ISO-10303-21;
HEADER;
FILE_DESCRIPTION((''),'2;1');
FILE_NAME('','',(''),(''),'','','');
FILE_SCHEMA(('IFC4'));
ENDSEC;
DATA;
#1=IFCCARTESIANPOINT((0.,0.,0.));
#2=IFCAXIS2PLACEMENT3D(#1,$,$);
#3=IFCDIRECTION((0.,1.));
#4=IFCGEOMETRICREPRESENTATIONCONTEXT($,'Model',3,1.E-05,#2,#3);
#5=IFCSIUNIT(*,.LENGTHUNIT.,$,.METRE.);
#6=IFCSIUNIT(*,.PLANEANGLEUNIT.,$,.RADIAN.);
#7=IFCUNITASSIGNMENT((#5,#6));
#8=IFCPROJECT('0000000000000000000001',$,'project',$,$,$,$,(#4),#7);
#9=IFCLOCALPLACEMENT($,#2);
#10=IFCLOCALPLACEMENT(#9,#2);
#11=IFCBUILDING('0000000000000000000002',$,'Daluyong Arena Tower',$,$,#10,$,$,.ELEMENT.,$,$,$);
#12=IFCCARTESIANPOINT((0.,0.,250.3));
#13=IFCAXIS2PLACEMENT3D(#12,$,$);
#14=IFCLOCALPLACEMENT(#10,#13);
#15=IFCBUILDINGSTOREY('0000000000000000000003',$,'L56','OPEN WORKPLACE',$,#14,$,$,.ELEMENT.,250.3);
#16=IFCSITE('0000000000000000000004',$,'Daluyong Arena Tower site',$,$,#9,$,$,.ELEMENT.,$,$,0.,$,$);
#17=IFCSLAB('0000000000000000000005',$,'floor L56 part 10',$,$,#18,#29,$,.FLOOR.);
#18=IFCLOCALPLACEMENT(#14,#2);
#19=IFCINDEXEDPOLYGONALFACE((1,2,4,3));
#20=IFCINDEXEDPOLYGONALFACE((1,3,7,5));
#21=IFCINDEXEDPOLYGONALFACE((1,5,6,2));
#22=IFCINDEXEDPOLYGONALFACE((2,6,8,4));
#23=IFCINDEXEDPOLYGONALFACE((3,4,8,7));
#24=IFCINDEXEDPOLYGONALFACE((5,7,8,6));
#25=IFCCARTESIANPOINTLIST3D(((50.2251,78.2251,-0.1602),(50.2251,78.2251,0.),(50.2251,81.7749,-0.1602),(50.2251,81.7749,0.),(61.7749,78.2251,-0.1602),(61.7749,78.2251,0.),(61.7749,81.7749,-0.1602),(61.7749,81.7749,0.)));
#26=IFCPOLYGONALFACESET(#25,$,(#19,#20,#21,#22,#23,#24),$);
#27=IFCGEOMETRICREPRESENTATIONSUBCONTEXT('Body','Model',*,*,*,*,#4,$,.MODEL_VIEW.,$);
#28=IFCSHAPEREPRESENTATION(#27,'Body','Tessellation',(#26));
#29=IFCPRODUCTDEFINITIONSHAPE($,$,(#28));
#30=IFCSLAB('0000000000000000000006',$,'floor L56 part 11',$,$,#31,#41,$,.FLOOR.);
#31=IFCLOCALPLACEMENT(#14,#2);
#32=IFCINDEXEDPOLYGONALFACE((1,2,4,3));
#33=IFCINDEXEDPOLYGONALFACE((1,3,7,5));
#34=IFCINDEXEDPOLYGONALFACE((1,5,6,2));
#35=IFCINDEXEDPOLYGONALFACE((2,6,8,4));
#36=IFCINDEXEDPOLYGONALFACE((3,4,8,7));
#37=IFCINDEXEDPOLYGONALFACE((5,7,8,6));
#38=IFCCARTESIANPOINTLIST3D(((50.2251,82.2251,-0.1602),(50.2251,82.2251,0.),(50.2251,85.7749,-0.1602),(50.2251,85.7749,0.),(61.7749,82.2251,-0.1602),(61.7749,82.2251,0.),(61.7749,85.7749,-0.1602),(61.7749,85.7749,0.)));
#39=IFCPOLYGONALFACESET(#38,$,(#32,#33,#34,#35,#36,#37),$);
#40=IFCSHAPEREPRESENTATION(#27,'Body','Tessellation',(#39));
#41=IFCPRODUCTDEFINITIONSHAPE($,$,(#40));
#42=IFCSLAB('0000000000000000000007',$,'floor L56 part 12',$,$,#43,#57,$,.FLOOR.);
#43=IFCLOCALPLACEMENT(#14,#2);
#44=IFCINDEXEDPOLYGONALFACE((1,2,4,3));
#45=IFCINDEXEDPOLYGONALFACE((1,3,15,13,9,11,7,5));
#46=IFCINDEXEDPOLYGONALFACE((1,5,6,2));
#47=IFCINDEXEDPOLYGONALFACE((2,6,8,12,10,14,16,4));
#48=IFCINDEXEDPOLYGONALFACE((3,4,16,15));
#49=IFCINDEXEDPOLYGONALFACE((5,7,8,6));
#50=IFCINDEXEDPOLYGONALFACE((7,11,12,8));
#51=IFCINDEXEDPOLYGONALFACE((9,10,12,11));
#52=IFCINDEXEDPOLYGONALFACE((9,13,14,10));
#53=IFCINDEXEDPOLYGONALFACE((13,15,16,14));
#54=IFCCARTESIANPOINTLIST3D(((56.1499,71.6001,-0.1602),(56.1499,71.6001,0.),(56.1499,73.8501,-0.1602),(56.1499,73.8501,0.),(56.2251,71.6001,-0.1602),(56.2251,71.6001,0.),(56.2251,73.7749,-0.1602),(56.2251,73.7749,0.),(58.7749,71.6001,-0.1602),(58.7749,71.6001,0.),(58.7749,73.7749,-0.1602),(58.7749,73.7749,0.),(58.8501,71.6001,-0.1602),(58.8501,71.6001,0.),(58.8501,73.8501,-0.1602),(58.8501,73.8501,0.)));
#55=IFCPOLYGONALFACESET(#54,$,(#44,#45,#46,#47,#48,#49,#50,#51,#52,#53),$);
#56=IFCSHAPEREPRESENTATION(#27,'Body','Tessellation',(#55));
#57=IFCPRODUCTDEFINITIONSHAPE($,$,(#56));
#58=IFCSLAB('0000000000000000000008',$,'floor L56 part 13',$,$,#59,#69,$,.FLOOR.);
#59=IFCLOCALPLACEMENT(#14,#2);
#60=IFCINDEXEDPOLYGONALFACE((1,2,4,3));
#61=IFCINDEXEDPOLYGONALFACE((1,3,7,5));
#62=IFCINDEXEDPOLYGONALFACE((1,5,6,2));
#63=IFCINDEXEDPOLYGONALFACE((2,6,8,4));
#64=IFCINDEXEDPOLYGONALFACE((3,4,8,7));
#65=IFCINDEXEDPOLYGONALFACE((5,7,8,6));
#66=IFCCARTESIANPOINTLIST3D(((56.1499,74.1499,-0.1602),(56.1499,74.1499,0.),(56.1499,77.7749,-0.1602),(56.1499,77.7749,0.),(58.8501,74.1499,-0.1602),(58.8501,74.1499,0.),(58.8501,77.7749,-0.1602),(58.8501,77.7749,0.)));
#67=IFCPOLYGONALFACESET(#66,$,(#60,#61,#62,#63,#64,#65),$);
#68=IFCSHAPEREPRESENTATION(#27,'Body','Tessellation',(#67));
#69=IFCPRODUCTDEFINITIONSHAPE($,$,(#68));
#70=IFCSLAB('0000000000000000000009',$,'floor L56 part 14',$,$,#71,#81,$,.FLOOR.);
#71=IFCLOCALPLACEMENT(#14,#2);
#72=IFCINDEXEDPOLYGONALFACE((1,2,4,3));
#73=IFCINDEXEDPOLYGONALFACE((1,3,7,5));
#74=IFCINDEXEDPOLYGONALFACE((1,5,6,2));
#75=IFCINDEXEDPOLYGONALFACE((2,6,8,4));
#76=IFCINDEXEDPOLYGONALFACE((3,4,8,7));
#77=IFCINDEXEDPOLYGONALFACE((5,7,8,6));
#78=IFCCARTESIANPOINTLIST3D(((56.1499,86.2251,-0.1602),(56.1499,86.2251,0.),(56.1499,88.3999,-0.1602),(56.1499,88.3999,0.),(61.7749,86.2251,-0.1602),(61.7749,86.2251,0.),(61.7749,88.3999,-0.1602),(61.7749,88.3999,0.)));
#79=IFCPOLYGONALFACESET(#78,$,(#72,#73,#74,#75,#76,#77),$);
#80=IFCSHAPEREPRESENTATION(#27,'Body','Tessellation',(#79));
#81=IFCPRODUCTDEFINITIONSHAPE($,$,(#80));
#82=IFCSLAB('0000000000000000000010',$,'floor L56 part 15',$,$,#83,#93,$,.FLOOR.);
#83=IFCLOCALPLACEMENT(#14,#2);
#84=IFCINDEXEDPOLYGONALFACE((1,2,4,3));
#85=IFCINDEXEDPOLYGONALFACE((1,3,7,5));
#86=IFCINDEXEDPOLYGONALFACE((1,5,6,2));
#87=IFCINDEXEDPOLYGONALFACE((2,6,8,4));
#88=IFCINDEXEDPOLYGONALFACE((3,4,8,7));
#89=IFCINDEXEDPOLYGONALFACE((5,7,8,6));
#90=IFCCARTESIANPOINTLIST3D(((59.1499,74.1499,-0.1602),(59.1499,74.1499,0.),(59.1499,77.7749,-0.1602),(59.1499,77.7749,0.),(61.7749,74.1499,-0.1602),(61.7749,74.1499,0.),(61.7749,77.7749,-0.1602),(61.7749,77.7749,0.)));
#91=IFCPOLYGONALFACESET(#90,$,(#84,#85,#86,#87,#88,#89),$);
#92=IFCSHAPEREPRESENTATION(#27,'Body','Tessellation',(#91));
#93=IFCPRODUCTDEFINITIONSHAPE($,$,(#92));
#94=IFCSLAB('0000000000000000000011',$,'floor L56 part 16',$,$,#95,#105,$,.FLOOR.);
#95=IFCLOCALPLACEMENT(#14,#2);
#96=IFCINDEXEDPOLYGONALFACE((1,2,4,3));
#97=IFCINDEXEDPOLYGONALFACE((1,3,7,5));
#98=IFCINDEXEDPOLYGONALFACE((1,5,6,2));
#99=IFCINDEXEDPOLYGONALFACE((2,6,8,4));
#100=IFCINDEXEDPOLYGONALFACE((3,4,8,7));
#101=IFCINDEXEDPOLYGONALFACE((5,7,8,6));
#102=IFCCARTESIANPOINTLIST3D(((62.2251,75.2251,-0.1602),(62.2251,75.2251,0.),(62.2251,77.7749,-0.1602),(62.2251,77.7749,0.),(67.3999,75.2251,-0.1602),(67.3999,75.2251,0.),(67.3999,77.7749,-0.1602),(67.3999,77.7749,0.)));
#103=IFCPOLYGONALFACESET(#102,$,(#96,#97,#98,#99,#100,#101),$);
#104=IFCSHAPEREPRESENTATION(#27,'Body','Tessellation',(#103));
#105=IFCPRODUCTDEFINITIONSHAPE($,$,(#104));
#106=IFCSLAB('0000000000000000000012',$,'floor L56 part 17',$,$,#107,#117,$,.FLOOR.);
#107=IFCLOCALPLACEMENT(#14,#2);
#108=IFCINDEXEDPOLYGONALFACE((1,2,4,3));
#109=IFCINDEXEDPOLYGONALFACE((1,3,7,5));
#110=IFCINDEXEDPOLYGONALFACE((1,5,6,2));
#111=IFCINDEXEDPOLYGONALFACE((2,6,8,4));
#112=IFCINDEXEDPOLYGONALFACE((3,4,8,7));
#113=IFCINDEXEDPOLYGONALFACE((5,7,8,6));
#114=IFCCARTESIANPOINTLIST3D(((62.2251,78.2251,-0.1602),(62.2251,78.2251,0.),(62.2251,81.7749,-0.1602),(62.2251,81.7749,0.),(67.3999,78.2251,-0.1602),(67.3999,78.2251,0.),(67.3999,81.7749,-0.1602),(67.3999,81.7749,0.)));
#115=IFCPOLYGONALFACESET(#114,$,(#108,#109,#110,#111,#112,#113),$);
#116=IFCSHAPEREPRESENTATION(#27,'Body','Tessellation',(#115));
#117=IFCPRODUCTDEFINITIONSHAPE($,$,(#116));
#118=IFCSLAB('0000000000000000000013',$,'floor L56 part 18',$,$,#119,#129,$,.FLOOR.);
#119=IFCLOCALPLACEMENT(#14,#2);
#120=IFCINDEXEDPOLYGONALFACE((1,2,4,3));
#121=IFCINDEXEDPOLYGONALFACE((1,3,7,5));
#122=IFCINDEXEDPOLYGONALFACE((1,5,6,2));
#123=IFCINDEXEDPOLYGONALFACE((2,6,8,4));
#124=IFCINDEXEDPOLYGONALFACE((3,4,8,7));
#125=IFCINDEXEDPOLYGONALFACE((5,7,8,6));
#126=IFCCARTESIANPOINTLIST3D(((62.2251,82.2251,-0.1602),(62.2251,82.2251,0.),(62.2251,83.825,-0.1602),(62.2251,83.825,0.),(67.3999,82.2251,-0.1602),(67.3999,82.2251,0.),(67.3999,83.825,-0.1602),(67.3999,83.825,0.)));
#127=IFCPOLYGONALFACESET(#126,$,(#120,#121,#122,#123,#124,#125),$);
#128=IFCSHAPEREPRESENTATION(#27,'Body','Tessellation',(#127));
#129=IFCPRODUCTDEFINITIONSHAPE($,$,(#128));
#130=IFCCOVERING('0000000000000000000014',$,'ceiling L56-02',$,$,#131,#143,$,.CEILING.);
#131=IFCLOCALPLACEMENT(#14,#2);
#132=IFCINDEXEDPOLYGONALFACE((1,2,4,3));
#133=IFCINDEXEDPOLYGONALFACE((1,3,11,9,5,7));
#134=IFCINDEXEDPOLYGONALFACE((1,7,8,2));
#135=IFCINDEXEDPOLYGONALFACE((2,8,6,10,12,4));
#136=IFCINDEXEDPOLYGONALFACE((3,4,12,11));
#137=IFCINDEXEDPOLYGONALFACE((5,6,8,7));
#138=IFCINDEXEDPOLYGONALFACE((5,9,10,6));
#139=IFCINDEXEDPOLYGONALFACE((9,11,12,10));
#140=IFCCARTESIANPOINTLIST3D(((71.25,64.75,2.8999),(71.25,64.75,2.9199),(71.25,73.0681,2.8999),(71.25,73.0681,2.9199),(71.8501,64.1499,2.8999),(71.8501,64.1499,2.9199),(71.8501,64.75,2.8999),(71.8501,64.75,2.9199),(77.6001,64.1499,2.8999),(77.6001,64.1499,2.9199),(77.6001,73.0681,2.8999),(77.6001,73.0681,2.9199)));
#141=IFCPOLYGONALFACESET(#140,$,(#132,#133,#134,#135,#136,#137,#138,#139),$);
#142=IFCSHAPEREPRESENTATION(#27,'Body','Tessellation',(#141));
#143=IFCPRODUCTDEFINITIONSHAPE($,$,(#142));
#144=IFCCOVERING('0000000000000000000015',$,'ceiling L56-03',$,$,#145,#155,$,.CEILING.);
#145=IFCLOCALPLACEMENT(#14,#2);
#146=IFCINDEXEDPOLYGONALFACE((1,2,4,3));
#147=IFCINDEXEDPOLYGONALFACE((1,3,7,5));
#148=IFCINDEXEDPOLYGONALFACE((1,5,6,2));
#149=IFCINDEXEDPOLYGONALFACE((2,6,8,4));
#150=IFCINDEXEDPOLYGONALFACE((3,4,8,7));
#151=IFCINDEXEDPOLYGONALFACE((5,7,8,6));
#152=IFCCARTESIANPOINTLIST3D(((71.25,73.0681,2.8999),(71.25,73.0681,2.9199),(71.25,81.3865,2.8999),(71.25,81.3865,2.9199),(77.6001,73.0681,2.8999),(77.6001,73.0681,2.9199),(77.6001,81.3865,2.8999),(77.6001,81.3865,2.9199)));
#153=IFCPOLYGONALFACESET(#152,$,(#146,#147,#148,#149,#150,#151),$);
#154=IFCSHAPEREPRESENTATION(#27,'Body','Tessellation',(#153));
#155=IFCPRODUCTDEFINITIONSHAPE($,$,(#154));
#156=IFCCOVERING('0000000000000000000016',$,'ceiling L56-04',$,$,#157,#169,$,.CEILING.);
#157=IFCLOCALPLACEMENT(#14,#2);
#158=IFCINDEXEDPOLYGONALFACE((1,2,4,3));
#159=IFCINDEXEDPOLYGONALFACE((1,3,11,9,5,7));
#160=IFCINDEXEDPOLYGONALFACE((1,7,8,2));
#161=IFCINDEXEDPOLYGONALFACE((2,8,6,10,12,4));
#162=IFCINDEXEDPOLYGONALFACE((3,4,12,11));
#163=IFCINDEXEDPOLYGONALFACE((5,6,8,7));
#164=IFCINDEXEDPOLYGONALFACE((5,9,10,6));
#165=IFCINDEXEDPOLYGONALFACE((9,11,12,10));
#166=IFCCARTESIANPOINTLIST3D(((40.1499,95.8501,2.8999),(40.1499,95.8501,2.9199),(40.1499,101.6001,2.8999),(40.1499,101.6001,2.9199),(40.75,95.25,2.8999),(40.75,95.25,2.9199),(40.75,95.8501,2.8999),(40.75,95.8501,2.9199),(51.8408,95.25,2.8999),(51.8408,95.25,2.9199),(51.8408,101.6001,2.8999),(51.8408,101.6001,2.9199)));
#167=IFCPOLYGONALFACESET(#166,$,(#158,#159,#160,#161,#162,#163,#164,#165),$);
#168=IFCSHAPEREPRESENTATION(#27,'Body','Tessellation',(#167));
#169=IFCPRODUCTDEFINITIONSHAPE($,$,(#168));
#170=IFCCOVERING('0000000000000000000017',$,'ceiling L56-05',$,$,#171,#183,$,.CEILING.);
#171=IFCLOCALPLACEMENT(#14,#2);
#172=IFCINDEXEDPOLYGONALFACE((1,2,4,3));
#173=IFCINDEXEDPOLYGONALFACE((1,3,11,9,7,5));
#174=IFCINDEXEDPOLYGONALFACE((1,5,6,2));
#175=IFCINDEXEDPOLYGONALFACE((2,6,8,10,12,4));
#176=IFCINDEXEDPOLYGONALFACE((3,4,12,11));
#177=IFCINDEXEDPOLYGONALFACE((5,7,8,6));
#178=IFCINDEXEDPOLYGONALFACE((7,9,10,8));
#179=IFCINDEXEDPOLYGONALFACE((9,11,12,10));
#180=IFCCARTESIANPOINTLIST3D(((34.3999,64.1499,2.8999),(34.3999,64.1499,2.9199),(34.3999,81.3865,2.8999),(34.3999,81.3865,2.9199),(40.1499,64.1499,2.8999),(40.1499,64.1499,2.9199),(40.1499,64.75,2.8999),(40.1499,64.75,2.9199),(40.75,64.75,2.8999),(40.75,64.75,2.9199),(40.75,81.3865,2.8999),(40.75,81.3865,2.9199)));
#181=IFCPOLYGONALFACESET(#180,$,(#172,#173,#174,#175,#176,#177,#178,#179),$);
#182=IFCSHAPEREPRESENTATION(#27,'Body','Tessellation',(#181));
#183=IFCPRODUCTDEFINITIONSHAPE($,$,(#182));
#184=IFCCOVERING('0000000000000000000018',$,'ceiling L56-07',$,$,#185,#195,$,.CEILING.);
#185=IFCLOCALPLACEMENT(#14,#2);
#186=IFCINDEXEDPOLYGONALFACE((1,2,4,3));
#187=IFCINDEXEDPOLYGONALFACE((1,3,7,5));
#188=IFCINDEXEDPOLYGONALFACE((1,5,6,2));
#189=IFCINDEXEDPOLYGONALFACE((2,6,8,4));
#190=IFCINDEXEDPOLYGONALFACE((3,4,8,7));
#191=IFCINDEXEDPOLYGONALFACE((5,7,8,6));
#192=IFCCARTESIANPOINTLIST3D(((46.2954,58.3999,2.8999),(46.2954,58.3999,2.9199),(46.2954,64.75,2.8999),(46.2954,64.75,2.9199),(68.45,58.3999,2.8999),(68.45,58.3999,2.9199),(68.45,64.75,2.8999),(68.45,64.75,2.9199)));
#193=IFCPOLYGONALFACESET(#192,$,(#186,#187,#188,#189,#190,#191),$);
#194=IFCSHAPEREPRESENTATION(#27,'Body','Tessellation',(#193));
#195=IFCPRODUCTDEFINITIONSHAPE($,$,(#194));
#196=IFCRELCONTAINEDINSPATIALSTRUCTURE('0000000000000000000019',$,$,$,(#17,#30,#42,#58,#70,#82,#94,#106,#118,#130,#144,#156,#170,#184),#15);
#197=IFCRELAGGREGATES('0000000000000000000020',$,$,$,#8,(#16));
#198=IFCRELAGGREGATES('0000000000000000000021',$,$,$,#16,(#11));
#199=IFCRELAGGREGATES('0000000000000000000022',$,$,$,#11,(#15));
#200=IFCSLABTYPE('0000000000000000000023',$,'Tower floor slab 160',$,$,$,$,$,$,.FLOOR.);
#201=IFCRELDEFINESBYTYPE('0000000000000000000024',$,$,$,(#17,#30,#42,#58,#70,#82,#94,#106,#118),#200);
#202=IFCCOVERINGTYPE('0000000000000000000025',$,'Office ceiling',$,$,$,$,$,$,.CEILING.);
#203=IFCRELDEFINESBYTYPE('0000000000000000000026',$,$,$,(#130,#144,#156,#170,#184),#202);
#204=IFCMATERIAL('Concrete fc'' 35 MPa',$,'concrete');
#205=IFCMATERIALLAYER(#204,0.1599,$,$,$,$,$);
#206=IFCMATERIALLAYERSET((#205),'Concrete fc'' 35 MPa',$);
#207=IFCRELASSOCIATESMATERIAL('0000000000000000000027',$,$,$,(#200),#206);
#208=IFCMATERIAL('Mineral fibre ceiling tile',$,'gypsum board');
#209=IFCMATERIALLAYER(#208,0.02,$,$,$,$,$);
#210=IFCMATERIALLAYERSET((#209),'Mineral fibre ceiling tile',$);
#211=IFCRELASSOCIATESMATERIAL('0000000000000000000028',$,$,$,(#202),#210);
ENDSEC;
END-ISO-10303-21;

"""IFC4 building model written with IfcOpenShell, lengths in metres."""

from ifc_helpers import new_model, si_unit, direction, frame, origin, place, context, subcontext, project, spatial, polyline, outline, extrude, material, layer, layer_set, type_object, element, save


model = new_model("IFC4")

# Units and contexts
model_context = context("Model", 3, precision=1e-05, world=origin(), true_north=direction((0.0, 1.0)))
body_context = subcontext(model_context, "Body", "Model", "MODEL_VIEW")
ifc_project = project(units=[si_unit("LENGTHUNIT", "METRE"), si_unit("PLANEANGLEUNIT", "RADIAN")], contexts=[model_context])

# Site, building, storey
site_placement = place(None, origin())
site = spatial("IfcSite", under=ifc_project, at=site_placement, Name="Daluyong Arena Tower site", CompositionType="ELEMENT", RefElevation=0.0)
building_placement = place(site_placement, origin())
building = spatial("IfcBuilding", under=site, at=building_placement, Name="Daluyong Arena Tower", CompositionType="ELEMENT")
storey_placement = place(building_placement, frame((0.0, 0.0, 250.3)))
storey = spatial("IfcBuildingStorey", under=building, at=storey_placement, Name="L56", Description="OPEN WORKPLACE", CompositionType="ELEMENT", Elevation=250.3)

# Slabs
ifc_material_1 = material(Name="Concrete fc' 35 MPa", Category="concrete")
ifc_layer_1 = layer(ifc_material_1, 0.1599)
ifc_layer_set_1 = layer_set([ifc_layer_1], Name="Concrete fc' 35 MPa")
slab_type_1 = type_object("IfcSlabType", Name="Tower floor slab 160", PredefinedType="FLOOR", material=ifc_layer_set_1)
slab_1_placement = place(storey_placement, frame((0.0, 0.0, -0.1602)))
element("IfcSlab", 1, at=slab_1_placement, inside=storey, type_object=slab_type_1, Name="floor L56 part 10", PredefinedType="FLOOR", context=body_context, shape_type="SweptSolid", body=[
    extrude(outline(polyline([(50.2251, 81.7749), (50.2251, 78.2251), (61.7749, 78.2251), (61.7749, 81.7749), (50.2251, 81.7749)])), origin(), (0.0, 0.0, 1.0), 0.1602),
])
slab_2_placement = place(storey_placement, frame((0.0, 0.0, -0.1602)))
element("IfcSlab", 2, at=slab_2_placement, inside=storey, type_object=slab_type_1, Name="floor L56 part 11", PredefinedType="FLOOR", context=body_context, shape_type="SweptSolid", body=[
    extrude(outline(polyline([(50.2251, 85.7749), (50.2251, 82.2251), (61.7749, 82.2251), (61.7749, 85.7749), (50.2251, 85.7749)])), origin(), (0.0, 0.0, 1.0), 0.1602),
])
slab_3_placement = place(storey_placement, frame((0.0, 0.0, -0.1602)))
element("IfcSlab", 3, at=slab_3_placement, inside=storey, type_object=slab_type_1, Name="floor L56 part 12", PredefinedType="FLOOR", context=body_context, shape_type="SweptSolid", body=[
    extrude(outline(polyline([(56.2251, 71.6001), (56.2251, 73.7749), (58.7749, 73.7749), (58.7749, 71.6001), (58.8501, 71.6001), (58.8501, 73.8501), (56.1499, 73.8501), (56.1499, 71.6001), (56.2251, 71.6001)])), origin(), (0.0, 0.0, 1.0), 0.1602),
])
slab_4_placement = place(storey_placement, frame((0.0, 0.0, -0.1602)))
element("IfcSlab", 4, at=slab_4_placement, inside=storey, type_object=slab_type_1, Name="floor L56 part 13", PredefinedType="FLOOR", context=body_context, shape_type="SweptSolid", body=[
    extrude(outline(polyline([(58.8501, 77.7749), (56.1499, 77.7749), (56.1499, 74.1499), (58.8501, 74.1499), (58.8501, 77.7749)])), origin(), (0.0, 0.0, 1.0), 0.1602),
])
slab_5_placement = place(storey_placement, frame((0.0, 0.0, -0.1602)))
element("IfcSlab", 5, at=slab_5_placement, inside=storey, type_object=slab_type_1, Name="floor L56 part 14", PredefinedType="FLOOR", context=body_context, shape_type="SweptSolid", body=[
    extrude(outline(polyline([(56.1499, 88.3999), (56.1499, 86.2251), (61.7749, 86.2251), (61.7749, 88.3999), (56.1499, 88.3999)])), origin(), (0.0, 0.0, 1.0), 0.1602),
])
slab_6_placement = place(storey_placement, frame((0.0, 0.0, -0.1602)))
element("IfcSlab", 6, at=slab_6_placement, inside=storey, type_object=slab_type_1, Name="floor L56 part 15", PredefinedType="FLOOR", context=body_context, shape_type="SweptSolid", body=[
    extrude(outline(polyline([(61.7749, 77.7749), (59.1499, 77.7749), (59.1499, 74.1499), (61.7749, 74.1499), (61.7749, 77.7749)])), origin(), (0.0, 0.0, 1.0), 0.1602),
])
slab_7_placement = place(storey_placement, frame((0.0, 0.0, -0.1602)))
element("IfcSlab", 7, at=slab_7_placement, inside=storey, type_object=slab_type_1, Name="floor L56 part 16", PredefinedType="FLOOR", context=body_context, shape_type="SweptSolid", body=[
    extrude(outline(polyline([(67.3999, 75.2251), (67.3999, 77.7749), (62.2251, 77.7749), (62.2251, 75.2251), (67.3999, 75.2251)])), origin(), (0.0, 0.0, 1.0), 0.1602),
])
slab_8_placement = place(storey_placement, frame((0.0, 0.0, -0.1602)))
element("IfcSlab", 8, at=slab_8_placement, inside=storey, type_object=slab_type_1, Name="floor L56 part 17", PredefinedType="FLOOR", context=body_context, shape_type="SweptSolid", body=[
    extrude(outline(polyline([(67.3999, 78.2251), (67.3999, 81.7749), (62.2251, 81.7749), (62.2251, 78.2251), (67.3999, 78.2251)])), origin(), (0.0, 0.0, 1.0), 0.1602),
])
slab_9_placement = place(storey_placement, frame((0.0, 0.0, -0.1602)))
element("IfcSlab", 9, at=slab_9_placement, inside=storey, type_object=slab_type_1, Name="floor L56 part 18", PredefinedType="FLOOR", context=body_context, shape_type="SweptSolid", body=[
    extrude(outline(polyline([(67.3999, 83.825), (62.2251, 83.825), (62.2251, 82.2251), (67.3999, 82.2251), (67.3999, 83.825)])), origin(), (0.0, 0.0, 1.0), 0.1602),
])

# Coverings
ifc_material_2 = material(Name="Mineral fibre ceiling tile", Category="gypsum board")
ifc_layer_2 = layer(ifc_material_2, 0.02)
ifc_layer_set_2 = layer_set([ifc_layer_2], Name="Mineral fibre ceiling tile")
covering_type = type_object("IfcCoveringType", Name="Office ceiling", PredefinedType="CEILING", material=ifc_layer_set_2)
covering_1_placement = place(storey_placement, frame((0.0, 0.0, 2.8999)))
element("IfcCovering", 10, at=covering_1_placement, inside=storey, type_object=covering_type, Name="ceiling L56-02", PredefinedType="CEILING", context=body_context, shape_type="SweptSolid", body=[
    extrude(outline(polyline([(71.8501, 64.1499), (77.6001, 64.1499), (77.6001, 73.0681), (71.25, 73.0681), (71.25, 64.75), (71.8501, 64.75), (71.8501, 64.1499)])), origin(), (0.0, 0.0, 1.0), 0.02),
])
covering_2_placement = place(storey_placement, frame((0.0, 0.0, 2.8999)))
element("IfcCovering", 11, at=covering_2_placement, inside=storey, type_object=covering_type, Name="ceiling L56-03", PredefinedType="CEILING", context=body_context, shape_type="SweptSolid", body=[
    extrude(outline(polyline([(71.25, 73.0681), (77.6001, 73.0681), (77.6001, 81.3865), (71.25, 81.3865), (71.25, 73.0681)])), origin(), (0.0, 0.0, 1.0), 0.02),
])
covering_3_placement = place(storey_placement, frame((0.0, 0.0, 2.8999)))
element("IfcCovering", 12, at=covering_3_placement, inside=storey, type_object=covering_type, Name="ceiling L56-04", PredefinedType="CEILING", context=body_context, shape_type="SweptSolid", body=[
    extrude(outline(polyline([(51.8408, 95.25), (51.8408, 101.6001), (40.1499, 101.6001), (40.1499, 95.8501), (40.75, 95.8501), (40.75, 95.25), (51.8408, 95.25)])), origin(), (0.0, 0.0, 1.0), 0.02),
])
covering_4_placement = place(storey_placement, frame((0.0, 0.0, 2.8999)))
element("IfcCovering", 13, at=covering_4_placement, inside=storey, type_object=covering_type, Name="ceiling L56-05", PredefinedType="CEILING", context=body_context, shape_type="SweptSolid", body=[
    extrude(outline(polyline([(34.3999, 64.1499), (40.1499, 64.1499), (40.1499, 64.75), (40.75, 64.75), (40.75, 81.3865), (34.3999, 81.3865), (34.3999, 64.1499)])), origin(), (0.0, 0.0, 1.0), 0.02),
])
covering_5_placement = place(storey_placement, frame((0.0, 0.0, 2.8999)))
element("IfcCovering", 14, at=covering_5_placement, inside=storey, type_object=covering_type, Name="ceiling L56-07", PredefinedType="CEILING", context=body_context, shape_type="SweptSolid", body=[
    extrude(outline(polyline([(46.2954, 58.3999), (68.45, 58.3999), (68.45, 64.75), (46.2954, 64.75), (46.2954, 58.3999)])), origin(), (0.0, 0.0, 1.0), 0.02),
])

save(model, "model.ifc")
